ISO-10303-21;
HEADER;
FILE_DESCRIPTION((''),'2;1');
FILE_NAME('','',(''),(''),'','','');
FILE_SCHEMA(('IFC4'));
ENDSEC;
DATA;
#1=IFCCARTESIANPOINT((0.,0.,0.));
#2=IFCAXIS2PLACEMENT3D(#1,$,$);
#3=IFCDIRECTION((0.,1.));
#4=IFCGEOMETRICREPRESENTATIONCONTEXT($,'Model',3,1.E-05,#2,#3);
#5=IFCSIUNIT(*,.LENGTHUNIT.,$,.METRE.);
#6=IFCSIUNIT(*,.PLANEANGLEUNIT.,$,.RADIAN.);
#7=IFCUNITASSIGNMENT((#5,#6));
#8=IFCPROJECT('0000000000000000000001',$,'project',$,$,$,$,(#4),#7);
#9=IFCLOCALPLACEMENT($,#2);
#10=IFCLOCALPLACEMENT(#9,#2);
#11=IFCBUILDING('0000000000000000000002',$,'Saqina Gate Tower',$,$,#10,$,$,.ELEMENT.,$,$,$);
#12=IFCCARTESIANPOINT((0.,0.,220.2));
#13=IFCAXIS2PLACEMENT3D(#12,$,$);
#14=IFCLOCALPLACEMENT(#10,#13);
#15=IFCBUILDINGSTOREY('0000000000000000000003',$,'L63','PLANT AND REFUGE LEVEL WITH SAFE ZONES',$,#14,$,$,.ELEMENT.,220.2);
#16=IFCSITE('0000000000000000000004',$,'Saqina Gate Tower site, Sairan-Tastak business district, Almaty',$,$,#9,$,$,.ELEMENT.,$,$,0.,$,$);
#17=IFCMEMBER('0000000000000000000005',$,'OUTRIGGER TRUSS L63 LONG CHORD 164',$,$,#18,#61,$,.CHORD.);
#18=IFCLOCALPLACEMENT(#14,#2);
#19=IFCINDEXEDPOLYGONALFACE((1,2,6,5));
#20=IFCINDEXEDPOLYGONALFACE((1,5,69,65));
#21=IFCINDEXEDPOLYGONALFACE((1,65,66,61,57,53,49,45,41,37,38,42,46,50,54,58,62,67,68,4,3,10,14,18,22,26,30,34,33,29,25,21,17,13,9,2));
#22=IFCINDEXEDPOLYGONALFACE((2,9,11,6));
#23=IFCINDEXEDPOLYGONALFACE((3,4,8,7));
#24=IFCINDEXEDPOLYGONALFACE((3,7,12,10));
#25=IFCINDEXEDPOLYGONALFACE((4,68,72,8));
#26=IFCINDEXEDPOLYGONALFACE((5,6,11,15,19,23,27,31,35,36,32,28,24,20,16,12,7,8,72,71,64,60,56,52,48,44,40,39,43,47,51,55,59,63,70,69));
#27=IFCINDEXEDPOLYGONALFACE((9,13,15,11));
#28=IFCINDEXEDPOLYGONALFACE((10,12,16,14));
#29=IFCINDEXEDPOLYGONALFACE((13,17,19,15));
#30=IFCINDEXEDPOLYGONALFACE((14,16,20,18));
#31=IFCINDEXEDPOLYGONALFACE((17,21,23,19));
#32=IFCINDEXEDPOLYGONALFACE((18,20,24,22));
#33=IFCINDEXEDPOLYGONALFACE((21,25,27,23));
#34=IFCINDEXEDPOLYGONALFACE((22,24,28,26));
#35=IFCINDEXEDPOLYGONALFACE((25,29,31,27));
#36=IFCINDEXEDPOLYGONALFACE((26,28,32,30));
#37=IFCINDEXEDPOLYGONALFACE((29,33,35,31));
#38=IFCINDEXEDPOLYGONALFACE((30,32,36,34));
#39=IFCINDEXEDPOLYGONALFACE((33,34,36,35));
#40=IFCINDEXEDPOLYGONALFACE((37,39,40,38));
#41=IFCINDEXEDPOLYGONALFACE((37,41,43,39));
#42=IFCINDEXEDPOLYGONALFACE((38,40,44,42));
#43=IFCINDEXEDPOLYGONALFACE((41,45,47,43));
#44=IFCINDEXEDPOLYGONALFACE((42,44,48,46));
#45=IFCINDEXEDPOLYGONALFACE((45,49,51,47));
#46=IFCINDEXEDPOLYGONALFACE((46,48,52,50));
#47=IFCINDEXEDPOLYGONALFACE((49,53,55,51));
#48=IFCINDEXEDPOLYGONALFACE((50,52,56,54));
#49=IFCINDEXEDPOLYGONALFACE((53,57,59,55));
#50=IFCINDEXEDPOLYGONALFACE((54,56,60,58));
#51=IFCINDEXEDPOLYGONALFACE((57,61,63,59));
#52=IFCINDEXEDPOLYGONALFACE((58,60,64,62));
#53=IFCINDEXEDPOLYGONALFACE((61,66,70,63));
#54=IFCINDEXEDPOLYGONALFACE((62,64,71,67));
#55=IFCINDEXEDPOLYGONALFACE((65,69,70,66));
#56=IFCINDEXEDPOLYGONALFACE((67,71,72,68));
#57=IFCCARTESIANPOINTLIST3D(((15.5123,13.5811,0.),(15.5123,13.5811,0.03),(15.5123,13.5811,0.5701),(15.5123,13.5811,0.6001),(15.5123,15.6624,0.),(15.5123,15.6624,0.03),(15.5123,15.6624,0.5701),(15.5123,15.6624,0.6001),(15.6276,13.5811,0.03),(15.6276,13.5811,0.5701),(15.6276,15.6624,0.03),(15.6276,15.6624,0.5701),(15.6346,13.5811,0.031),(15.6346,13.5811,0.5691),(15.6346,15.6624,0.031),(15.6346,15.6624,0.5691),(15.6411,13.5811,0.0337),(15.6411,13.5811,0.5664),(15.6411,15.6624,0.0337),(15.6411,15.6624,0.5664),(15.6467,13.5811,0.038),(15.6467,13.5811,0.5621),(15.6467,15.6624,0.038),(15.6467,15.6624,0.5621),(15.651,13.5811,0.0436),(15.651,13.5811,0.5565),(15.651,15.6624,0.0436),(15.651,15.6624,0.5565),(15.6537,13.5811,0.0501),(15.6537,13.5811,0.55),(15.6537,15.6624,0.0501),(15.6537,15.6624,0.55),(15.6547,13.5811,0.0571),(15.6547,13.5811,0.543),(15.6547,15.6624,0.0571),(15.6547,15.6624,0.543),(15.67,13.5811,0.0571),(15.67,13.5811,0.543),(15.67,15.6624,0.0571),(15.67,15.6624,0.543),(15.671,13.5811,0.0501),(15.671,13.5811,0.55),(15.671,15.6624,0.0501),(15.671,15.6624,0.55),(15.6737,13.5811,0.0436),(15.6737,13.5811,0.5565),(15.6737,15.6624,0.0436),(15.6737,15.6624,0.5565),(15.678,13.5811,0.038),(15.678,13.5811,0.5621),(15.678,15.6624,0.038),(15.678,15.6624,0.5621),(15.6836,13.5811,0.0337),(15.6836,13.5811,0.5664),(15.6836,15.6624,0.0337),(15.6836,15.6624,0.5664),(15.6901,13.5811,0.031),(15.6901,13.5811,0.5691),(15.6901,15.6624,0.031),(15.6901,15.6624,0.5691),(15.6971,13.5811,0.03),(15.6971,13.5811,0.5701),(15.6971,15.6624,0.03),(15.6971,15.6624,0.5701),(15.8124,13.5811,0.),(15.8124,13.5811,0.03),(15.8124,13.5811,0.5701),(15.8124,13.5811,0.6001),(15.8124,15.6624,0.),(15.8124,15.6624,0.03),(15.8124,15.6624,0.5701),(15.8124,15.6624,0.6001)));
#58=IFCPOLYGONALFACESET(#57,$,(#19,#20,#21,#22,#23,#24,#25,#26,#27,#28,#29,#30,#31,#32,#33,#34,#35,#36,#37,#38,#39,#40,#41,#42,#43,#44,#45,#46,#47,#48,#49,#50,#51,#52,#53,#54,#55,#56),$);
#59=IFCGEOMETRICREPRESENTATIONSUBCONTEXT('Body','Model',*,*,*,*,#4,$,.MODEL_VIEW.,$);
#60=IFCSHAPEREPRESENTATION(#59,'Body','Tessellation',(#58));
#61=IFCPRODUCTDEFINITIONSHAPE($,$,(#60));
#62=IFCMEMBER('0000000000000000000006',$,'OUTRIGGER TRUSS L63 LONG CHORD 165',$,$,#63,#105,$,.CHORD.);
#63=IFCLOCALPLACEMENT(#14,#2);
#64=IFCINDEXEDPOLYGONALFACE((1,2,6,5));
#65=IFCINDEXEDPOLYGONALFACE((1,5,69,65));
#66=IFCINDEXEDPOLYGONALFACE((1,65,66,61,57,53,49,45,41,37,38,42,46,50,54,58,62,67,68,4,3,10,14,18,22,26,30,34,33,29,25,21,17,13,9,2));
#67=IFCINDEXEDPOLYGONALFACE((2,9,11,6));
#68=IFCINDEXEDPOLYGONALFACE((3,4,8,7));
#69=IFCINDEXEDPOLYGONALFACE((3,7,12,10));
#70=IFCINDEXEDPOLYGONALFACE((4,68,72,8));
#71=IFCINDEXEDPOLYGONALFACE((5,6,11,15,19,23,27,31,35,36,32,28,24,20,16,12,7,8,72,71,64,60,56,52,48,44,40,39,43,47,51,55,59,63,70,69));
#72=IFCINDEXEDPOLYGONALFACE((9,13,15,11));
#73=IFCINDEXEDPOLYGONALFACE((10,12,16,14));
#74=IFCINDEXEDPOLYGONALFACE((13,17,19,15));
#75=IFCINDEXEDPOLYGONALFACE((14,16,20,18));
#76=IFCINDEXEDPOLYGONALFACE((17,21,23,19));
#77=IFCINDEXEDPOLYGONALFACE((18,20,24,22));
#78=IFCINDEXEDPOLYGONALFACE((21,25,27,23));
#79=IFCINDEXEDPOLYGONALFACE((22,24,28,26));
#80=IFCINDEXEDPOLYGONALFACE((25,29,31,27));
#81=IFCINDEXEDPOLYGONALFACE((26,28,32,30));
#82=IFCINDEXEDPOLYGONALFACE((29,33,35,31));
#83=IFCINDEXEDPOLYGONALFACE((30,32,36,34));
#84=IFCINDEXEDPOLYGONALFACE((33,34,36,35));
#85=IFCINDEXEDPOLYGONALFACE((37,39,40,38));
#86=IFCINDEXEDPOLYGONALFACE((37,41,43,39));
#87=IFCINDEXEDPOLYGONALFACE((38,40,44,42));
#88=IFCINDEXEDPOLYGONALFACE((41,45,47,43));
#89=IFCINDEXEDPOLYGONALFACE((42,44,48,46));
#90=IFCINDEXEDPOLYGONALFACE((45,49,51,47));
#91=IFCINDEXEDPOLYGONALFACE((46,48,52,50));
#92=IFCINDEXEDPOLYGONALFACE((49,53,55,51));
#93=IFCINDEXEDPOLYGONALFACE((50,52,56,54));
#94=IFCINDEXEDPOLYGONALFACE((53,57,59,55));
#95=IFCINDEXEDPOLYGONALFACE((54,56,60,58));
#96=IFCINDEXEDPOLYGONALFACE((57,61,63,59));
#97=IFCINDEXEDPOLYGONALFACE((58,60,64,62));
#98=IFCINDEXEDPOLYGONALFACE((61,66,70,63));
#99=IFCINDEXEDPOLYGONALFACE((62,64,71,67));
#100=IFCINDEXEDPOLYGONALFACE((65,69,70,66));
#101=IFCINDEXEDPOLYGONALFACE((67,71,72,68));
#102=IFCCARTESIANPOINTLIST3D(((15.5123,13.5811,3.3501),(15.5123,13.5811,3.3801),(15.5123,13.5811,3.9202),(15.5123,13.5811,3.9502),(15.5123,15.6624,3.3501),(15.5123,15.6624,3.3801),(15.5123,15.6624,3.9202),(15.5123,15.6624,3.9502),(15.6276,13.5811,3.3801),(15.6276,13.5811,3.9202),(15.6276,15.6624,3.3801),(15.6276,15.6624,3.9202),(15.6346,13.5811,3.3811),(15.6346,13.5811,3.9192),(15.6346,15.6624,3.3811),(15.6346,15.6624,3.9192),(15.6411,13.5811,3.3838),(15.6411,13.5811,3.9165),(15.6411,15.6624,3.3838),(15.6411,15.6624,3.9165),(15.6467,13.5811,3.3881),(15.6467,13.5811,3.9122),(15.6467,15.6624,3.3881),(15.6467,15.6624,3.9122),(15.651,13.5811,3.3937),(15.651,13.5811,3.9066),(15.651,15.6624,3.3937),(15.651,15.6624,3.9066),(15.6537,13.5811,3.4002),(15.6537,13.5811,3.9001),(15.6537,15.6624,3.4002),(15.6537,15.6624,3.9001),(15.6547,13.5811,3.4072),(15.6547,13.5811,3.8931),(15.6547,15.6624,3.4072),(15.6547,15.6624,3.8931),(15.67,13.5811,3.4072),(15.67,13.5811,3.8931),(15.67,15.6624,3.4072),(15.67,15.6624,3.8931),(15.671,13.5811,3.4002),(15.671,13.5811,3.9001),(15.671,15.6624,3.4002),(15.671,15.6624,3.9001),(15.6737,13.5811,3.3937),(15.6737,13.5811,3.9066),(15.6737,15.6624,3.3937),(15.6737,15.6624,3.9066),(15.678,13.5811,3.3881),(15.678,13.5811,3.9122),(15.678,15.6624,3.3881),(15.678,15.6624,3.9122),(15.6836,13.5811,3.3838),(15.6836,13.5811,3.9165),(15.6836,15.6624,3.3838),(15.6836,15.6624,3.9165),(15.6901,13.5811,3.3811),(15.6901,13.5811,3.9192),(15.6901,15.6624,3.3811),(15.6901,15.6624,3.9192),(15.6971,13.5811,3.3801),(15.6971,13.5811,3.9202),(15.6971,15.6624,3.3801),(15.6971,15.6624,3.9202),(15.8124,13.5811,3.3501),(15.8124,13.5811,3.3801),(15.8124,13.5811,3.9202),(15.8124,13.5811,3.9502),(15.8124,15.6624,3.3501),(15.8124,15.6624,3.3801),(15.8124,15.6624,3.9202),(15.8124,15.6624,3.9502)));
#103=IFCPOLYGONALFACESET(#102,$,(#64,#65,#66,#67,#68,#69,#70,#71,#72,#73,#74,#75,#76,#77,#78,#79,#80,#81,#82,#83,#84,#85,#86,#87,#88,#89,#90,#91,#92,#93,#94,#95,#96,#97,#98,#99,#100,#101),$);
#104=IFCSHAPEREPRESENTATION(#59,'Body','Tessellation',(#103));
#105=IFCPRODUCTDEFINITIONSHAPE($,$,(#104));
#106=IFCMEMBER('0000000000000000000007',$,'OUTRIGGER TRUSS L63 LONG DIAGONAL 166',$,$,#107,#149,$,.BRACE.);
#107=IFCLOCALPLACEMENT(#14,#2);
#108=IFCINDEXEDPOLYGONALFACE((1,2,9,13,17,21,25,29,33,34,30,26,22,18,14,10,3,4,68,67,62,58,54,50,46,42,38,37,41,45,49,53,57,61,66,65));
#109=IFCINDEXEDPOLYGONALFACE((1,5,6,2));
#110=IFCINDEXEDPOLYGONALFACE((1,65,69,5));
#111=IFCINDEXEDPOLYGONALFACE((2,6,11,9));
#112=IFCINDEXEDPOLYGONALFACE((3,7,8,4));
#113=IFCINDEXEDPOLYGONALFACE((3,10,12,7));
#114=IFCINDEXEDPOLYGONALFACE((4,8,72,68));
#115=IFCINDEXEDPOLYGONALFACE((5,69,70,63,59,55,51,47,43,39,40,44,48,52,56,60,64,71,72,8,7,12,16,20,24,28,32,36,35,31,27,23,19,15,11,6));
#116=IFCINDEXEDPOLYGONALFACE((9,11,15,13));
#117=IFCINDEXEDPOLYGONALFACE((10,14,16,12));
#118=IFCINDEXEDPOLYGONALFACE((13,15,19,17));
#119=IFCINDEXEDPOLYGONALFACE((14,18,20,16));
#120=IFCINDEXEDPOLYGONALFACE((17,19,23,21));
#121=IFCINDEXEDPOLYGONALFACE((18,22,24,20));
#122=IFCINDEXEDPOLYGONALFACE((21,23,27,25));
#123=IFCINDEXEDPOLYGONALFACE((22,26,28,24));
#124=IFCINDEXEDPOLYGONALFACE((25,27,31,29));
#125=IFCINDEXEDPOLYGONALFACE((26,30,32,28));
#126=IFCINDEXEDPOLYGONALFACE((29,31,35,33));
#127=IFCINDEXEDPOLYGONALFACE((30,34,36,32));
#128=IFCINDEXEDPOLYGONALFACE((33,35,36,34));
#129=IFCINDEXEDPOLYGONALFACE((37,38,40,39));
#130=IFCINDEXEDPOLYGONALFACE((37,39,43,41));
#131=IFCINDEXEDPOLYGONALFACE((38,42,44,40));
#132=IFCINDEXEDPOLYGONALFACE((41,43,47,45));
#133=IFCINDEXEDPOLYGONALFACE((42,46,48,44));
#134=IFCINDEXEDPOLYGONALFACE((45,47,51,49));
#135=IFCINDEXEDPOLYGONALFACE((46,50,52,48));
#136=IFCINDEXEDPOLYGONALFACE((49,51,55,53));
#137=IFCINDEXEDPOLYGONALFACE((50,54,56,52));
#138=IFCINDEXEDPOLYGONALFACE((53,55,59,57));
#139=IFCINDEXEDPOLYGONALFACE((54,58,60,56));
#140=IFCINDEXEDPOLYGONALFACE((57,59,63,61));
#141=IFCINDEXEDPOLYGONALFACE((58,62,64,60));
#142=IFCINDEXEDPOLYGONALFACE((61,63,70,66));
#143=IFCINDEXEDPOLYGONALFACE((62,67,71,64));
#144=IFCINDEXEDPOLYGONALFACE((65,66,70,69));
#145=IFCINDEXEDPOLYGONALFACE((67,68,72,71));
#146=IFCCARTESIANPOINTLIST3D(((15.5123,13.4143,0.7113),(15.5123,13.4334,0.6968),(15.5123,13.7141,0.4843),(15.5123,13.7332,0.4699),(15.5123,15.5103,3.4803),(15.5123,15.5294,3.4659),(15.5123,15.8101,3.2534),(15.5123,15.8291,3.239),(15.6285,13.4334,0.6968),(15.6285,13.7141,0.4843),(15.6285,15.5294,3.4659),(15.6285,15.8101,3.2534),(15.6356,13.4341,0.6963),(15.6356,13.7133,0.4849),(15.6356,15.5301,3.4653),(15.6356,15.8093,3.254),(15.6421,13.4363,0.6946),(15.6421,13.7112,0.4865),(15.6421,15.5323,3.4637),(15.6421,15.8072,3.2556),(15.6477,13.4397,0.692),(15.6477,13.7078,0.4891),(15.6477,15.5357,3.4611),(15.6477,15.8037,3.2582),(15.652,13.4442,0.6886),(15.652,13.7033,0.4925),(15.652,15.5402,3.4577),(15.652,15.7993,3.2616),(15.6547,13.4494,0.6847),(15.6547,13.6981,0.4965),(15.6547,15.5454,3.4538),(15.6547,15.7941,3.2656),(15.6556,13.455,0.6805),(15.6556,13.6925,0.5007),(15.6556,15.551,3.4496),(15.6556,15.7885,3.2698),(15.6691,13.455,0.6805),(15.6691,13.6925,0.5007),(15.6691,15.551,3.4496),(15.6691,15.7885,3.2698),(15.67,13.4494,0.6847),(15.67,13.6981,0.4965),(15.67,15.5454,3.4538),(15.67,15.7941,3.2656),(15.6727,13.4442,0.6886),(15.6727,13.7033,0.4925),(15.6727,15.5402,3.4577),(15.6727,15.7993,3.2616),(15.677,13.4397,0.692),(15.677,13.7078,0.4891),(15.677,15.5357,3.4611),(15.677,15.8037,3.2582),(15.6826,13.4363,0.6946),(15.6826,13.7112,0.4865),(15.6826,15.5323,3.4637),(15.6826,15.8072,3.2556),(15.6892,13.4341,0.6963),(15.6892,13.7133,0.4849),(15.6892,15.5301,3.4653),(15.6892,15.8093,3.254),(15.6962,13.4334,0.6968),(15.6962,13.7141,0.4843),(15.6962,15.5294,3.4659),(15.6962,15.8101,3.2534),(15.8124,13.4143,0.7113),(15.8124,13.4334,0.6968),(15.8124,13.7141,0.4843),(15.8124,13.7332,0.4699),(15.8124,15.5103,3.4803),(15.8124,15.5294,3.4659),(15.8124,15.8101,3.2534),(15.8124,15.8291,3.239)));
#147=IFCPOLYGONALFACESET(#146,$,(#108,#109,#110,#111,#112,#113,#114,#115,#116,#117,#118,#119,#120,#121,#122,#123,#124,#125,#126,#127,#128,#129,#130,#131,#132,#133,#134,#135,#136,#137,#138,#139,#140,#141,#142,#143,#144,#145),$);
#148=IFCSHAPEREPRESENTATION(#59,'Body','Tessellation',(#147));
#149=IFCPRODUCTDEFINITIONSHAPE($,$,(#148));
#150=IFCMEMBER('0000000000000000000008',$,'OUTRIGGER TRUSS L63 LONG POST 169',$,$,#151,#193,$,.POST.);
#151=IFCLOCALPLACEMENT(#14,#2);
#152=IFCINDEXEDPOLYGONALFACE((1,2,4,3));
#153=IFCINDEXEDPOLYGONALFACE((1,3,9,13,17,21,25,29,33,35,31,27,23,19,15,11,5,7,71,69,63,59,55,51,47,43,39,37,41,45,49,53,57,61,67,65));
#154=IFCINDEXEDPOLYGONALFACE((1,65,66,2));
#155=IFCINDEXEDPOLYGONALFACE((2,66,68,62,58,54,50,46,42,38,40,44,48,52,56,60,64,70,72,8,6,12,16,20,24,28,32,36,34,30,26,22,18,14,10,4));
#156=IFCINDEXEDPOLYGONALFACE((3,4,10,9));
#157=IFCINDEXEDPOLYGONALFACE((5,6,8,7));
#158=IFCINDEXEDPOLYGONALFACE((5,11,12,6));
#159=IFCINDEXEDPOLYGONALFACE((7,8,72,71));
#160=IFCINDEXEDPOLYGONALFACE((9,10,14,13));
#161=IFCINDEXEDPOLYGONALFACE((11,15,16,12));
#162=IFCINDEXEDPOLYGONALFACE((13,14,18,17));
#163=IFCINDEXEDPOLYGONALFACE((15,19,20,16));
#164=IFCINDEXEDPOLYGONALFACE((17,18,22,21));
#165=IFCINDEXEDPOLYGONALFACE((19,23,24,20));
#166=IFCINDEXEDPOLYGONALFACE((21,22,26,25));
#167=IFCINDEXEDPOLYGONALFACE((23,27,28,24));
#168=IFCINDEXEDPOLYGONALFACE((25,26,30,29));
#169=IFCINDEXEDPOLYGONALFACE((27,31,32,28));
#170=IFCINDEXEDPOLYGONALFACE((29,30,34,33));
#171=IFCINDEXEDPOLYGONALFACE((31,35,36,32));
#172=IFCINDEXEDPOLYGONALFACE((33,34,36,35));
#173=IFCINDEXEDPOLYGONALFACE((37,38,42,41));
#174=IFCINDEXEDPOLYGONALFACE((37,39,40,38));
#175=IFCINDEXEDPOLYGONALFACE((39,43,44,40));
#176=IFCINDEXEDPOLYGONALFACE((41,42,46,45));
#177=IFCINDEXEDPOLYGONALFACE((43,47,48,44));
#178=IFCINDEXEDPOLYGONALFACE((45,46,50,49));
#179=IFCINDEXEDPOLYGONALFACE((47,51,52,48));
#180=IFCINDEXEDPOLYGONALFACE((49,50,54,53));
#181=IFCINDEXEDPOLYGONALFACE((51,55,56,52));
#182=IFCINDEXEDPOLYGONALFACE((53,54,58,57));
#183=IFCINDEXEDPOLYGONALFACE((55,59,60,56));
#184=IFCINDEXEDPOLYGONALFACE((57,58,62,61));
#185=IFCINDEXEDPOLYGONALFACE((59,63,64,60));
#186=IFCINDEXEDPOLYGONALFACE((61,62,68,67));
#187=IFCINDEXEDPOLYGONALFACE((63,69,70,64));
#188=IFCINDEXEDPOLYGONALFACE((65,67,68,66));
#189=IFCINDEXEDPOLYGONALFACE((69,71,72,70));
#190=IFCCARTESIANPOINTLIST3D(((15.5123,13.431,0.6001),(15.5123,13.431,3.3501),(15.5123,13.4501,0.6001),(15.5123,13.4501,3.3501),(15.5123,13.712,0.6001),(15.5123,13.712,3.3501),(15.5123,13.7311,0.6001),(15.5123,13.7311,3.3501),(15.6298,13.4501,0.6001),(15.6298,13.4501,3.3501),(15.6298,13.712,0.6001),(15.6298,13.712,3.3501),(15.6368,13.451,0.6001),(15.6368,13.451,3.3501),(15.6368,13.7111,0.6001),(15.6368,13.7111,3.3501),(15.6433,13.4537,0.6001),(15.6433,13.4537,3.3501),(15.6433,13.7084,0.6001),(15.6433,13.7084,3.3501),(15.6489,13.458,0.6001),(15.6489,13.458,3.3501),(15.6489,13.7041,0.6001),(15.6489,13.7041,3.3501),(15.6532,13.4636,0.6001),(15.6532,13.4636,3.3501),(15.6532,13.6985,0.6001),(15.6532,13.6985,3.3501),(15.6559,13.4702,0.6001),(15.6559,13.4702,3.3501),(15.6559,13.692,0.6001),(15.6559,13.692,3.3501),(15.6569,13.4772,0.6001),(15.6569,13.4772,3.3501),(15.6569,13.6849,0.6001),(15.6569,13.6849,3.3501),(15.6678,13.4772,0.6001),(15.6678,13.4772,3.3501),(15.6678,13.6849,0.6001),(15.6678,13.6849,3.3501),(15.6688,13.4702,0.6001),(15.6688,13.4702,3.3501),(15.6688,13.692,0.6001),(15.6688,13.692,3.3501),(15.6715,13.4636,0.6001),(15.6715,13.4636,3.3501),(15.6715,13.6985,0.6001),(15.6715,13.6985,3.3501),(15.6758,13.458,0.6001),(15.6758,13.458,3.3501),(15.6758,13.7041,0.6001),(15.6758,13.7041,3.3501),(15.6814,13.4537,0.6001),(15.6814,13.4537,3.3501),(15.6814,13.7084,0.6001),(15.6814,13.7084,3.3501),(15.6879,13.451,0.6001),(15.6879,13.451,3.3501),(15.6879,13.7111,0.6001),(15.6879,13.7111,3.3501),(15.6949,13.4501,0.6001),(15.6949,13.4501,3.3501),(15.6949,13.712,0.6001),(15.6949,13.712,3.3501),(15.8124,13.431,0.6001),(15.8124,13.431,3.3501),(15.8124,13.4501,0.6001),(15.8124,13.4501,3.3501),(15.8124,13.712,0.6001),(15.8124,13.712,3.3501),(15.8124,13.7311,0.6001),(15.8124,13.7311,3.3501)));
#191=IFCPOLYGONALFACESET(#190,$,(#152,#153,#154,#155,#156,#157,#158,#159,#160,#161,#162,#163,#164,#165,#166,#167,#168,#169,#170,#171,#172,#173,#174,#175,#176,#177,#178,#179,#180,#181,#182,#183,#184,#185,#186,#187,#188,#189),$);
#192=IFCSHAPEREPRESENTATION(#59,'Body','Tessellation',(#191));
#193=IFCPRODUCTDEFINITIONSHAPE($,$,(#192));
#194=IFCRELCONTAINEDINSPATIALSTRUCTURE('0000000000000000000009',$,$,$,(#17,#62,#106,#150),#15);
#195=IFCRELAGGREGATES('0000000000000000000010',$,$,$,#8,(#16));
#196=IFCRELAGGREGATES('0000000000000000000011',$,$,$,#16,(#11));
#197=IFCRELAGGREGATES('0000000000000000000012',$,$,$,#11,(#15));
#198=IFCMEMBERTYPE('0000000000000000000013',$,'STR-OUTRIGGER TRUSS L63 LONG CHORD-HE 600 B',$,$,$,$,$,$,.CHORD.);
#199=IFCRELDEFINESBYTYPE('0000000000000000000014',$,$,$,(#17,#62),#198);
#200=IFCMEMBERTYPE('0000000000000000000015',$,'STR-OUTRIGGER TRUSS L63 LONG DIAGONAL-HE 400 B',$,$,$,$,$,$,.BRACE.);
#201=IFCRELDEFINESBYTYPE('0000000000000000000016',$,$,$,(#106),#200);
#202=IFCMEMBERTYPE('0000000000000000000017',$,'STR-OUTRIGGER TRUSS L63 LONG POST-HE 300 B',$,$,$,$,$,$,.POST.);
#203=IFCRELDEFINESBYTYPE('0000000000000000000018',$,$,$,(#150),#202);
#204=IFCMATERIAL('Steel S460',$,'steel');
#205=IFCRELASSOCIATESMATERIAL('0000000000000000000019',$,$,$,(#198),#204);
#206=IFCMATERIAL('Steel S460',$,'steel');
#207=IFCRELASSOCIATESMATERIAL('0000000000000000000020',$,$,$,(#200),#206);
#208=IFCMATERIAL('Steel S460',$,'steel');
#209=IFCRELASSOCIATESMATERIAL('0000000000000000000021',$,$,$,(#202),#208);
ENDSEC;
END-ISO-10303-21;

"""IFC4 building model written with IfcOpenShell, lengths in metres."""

from ifc_helpers import new_model, si_unit, direction, frame, origin, origin_2d, place, context, subcontext, project, spatial, i_section, extrude, material, material_profile, profile_set, type_object, element, save


model = new_model("IFC4")

# Units and contexts
model_context = context("Model", 3, precision=1e-05, world=origin(), true_north=direction((0.0, 1.0)))
body_context = subcontext(model_context, "Body", "Model", "MODEL_VIEW")
ifc_project = project(units=[si_unit("LENGTHUNIT", "METRE"), si_unit("PLANEANGLEUNIT", "RADIAN")], contexts=[model_context])

# Site, building, storey
site_placement = place(None, origin())
site = spatial("IfcSite", under=ifc_project, at=site_placement, Name="Saqina Gate Tower site, Sairan-Tastak business district, Almaty", CompositionType="ELEMENT", RefElevation=0.0)
building_placement = place(site_placement, origin())
building = spatial("IfcBuilding", under=site, at=building_placement, Name="Saqina Gate Tower", CompositionType="ELEMENT")
storey_placement = place(building_placement, frame((0.0, 0.0, 220.2)))
storey = spatial("IfcBuildingStorey", under=building, at=storey_placement, Name="L63", Description="PLANT AND REFUGE LEVEL WITH SAFE ZONES", CompositionType="ELEMENT", Elevation=220.2)

# Members
ifc_material_1 = material(Name="Steel S460", Category="steel")
ifc_material_profile_1 = material_profile(ifc_material_1, i_section(OverallWidth=0.3, OverallDepth=0.6001, WebThickness=0.0154, FlangeThickness=0.03, FilletRadius=0.0271, at=origin_2d()), Name="HE 600 B")
ifc_profile_set_1 = profile_set([ifc_material_profile_1], Name="Steel S460")
member_type_1 = type_object("IfcMemberType", Name="STR-OUTRIGGER TRUSS L63 LONG CHORD-HE 600 B", PredefinedType="CHORD", material=ifc_profile_set_1)
for number, where, z_axis, x_axis, name in (
    (1, (15.6624, 13.5811, 0.3), (0.0, 1.0, 0.0), (-1.0, 0.0, 0.0), "OUTRIGGER TRUSS L63 LONG CHORD 164"),
    (2, (15.6624, 13.5811, 3.6501), (0.0, 1.0, 0.0), (-1.0, 0.0, 0.0), "OUTRIGGER TRUSS L63 LONG CHORD 165"),
):
    element("IfcMember", number, at=place(storey_placement, frame(where, z_axis=z_axis, x_axis=x_axis)), inside=storey, type_object=member_type_1, Name=name, PredefinedType="CHORD", context=body_context, shape_type="SweptSolid", body=[
        extrude(i_section(OverallWidth=0.3, OverallDepth=0.6001, WebThickness=0.0154, FlangeThickness=0.03, FilletRadius=0.0271, at=origin_2d()), origin(), (0.0, 0.0, 1.0), 2.0813),
    ])
ifc_material_2 = material(Name="Steel S460", Category="steel")
ifc_material_profile_2 = material_profile(ifc_material_2, i_section(OverallWidth=0.3, OverallDepth=0.3999, WebThickness=0.0134, FlangeThickness=0.0239, FilletRadius=0.0271, at=origin_2d()), Name="HE 400 B")
ifc_profile_set_2 = profile_set([ifc_material_profile_2], Name="Steel S460")
member_type_2 = type_object("IfcMemberType", Name="STR-OUTRIGGER TRUSS L63 LONG DIAGONAL-HE 400 B", PredefinedType="BRACE", material=ifc_profile_set_2)
member_1_placement = place(storey_placement, frame((15.6624, 13.5737, 0.5906), z_axis=(0.0, 0.603526, 0.797343), x_axis=(-1.0, 0.0, 0.0)))
element("IfcMember", 3, at=member_1_placement, inside=storey, type_object=member_type_2, Name="OUTRIGGER TRUSS L63 LONG DIAGONAL 166", PredefinedType="BRACE", context=body_context, shape_type="SweptSolid", body=[
    extrude(i_section(OverallWidth=0.3, OverallDepth=0.3999, WebThickness=0.0134, FlangeThickness=0.0239, FilletRadius=0.0271, at=origin_2d()), origin(), (0.0, 0.0, 1.0), 3.4729),
])
ifc_material_3 = material(Name="Steel S460", Category="steel")
ifc_material_profile_3 = material_profile(ifc_material_3, i_section(OverallWidth=0.3, OverallDepth=0.3, WebThickness=0.011, FlangeThickness=0.019, FilletRadius=0.0271, at=origin_2d()), Name="HE 300 B")
ifc_profile_set_3 = profile_set([ifc_material_profile_3], Name="Steel S460")
member_type_3 = type_object("IfcMemberType", Name="STR-OUTRIGGER TRUSS L63 LONG POST-HE 300 B", PredefinedType="POST", material=ifc_profile_set_3)
member_2_placement = place(storey_placement, frame((15.6624, 13.5811, 0.6001), z_axis=(0.0, 0.0, 1.0), x_axis=(1.0, 0.0, 0.0)))
element("IfcMember", 4, at=member_2_placement, inside=storey, type_object=member_type_3, Name="OUTRIGGER TRUSS L63 LONG POST 169", PredefinedType="POST", context=body_context, shape_type="SweptSolid", body=[
    extrude(i_section(OverallWidth=0.3, OverallDepth=0.3, WebThickness=0.011, FlangeThickness=0.019, FilletRadius=0.0271, at=origin_2d()), origin(), (0.0, 0.0, 1.0), 2.75),
])

save(model, "model.ifc")
